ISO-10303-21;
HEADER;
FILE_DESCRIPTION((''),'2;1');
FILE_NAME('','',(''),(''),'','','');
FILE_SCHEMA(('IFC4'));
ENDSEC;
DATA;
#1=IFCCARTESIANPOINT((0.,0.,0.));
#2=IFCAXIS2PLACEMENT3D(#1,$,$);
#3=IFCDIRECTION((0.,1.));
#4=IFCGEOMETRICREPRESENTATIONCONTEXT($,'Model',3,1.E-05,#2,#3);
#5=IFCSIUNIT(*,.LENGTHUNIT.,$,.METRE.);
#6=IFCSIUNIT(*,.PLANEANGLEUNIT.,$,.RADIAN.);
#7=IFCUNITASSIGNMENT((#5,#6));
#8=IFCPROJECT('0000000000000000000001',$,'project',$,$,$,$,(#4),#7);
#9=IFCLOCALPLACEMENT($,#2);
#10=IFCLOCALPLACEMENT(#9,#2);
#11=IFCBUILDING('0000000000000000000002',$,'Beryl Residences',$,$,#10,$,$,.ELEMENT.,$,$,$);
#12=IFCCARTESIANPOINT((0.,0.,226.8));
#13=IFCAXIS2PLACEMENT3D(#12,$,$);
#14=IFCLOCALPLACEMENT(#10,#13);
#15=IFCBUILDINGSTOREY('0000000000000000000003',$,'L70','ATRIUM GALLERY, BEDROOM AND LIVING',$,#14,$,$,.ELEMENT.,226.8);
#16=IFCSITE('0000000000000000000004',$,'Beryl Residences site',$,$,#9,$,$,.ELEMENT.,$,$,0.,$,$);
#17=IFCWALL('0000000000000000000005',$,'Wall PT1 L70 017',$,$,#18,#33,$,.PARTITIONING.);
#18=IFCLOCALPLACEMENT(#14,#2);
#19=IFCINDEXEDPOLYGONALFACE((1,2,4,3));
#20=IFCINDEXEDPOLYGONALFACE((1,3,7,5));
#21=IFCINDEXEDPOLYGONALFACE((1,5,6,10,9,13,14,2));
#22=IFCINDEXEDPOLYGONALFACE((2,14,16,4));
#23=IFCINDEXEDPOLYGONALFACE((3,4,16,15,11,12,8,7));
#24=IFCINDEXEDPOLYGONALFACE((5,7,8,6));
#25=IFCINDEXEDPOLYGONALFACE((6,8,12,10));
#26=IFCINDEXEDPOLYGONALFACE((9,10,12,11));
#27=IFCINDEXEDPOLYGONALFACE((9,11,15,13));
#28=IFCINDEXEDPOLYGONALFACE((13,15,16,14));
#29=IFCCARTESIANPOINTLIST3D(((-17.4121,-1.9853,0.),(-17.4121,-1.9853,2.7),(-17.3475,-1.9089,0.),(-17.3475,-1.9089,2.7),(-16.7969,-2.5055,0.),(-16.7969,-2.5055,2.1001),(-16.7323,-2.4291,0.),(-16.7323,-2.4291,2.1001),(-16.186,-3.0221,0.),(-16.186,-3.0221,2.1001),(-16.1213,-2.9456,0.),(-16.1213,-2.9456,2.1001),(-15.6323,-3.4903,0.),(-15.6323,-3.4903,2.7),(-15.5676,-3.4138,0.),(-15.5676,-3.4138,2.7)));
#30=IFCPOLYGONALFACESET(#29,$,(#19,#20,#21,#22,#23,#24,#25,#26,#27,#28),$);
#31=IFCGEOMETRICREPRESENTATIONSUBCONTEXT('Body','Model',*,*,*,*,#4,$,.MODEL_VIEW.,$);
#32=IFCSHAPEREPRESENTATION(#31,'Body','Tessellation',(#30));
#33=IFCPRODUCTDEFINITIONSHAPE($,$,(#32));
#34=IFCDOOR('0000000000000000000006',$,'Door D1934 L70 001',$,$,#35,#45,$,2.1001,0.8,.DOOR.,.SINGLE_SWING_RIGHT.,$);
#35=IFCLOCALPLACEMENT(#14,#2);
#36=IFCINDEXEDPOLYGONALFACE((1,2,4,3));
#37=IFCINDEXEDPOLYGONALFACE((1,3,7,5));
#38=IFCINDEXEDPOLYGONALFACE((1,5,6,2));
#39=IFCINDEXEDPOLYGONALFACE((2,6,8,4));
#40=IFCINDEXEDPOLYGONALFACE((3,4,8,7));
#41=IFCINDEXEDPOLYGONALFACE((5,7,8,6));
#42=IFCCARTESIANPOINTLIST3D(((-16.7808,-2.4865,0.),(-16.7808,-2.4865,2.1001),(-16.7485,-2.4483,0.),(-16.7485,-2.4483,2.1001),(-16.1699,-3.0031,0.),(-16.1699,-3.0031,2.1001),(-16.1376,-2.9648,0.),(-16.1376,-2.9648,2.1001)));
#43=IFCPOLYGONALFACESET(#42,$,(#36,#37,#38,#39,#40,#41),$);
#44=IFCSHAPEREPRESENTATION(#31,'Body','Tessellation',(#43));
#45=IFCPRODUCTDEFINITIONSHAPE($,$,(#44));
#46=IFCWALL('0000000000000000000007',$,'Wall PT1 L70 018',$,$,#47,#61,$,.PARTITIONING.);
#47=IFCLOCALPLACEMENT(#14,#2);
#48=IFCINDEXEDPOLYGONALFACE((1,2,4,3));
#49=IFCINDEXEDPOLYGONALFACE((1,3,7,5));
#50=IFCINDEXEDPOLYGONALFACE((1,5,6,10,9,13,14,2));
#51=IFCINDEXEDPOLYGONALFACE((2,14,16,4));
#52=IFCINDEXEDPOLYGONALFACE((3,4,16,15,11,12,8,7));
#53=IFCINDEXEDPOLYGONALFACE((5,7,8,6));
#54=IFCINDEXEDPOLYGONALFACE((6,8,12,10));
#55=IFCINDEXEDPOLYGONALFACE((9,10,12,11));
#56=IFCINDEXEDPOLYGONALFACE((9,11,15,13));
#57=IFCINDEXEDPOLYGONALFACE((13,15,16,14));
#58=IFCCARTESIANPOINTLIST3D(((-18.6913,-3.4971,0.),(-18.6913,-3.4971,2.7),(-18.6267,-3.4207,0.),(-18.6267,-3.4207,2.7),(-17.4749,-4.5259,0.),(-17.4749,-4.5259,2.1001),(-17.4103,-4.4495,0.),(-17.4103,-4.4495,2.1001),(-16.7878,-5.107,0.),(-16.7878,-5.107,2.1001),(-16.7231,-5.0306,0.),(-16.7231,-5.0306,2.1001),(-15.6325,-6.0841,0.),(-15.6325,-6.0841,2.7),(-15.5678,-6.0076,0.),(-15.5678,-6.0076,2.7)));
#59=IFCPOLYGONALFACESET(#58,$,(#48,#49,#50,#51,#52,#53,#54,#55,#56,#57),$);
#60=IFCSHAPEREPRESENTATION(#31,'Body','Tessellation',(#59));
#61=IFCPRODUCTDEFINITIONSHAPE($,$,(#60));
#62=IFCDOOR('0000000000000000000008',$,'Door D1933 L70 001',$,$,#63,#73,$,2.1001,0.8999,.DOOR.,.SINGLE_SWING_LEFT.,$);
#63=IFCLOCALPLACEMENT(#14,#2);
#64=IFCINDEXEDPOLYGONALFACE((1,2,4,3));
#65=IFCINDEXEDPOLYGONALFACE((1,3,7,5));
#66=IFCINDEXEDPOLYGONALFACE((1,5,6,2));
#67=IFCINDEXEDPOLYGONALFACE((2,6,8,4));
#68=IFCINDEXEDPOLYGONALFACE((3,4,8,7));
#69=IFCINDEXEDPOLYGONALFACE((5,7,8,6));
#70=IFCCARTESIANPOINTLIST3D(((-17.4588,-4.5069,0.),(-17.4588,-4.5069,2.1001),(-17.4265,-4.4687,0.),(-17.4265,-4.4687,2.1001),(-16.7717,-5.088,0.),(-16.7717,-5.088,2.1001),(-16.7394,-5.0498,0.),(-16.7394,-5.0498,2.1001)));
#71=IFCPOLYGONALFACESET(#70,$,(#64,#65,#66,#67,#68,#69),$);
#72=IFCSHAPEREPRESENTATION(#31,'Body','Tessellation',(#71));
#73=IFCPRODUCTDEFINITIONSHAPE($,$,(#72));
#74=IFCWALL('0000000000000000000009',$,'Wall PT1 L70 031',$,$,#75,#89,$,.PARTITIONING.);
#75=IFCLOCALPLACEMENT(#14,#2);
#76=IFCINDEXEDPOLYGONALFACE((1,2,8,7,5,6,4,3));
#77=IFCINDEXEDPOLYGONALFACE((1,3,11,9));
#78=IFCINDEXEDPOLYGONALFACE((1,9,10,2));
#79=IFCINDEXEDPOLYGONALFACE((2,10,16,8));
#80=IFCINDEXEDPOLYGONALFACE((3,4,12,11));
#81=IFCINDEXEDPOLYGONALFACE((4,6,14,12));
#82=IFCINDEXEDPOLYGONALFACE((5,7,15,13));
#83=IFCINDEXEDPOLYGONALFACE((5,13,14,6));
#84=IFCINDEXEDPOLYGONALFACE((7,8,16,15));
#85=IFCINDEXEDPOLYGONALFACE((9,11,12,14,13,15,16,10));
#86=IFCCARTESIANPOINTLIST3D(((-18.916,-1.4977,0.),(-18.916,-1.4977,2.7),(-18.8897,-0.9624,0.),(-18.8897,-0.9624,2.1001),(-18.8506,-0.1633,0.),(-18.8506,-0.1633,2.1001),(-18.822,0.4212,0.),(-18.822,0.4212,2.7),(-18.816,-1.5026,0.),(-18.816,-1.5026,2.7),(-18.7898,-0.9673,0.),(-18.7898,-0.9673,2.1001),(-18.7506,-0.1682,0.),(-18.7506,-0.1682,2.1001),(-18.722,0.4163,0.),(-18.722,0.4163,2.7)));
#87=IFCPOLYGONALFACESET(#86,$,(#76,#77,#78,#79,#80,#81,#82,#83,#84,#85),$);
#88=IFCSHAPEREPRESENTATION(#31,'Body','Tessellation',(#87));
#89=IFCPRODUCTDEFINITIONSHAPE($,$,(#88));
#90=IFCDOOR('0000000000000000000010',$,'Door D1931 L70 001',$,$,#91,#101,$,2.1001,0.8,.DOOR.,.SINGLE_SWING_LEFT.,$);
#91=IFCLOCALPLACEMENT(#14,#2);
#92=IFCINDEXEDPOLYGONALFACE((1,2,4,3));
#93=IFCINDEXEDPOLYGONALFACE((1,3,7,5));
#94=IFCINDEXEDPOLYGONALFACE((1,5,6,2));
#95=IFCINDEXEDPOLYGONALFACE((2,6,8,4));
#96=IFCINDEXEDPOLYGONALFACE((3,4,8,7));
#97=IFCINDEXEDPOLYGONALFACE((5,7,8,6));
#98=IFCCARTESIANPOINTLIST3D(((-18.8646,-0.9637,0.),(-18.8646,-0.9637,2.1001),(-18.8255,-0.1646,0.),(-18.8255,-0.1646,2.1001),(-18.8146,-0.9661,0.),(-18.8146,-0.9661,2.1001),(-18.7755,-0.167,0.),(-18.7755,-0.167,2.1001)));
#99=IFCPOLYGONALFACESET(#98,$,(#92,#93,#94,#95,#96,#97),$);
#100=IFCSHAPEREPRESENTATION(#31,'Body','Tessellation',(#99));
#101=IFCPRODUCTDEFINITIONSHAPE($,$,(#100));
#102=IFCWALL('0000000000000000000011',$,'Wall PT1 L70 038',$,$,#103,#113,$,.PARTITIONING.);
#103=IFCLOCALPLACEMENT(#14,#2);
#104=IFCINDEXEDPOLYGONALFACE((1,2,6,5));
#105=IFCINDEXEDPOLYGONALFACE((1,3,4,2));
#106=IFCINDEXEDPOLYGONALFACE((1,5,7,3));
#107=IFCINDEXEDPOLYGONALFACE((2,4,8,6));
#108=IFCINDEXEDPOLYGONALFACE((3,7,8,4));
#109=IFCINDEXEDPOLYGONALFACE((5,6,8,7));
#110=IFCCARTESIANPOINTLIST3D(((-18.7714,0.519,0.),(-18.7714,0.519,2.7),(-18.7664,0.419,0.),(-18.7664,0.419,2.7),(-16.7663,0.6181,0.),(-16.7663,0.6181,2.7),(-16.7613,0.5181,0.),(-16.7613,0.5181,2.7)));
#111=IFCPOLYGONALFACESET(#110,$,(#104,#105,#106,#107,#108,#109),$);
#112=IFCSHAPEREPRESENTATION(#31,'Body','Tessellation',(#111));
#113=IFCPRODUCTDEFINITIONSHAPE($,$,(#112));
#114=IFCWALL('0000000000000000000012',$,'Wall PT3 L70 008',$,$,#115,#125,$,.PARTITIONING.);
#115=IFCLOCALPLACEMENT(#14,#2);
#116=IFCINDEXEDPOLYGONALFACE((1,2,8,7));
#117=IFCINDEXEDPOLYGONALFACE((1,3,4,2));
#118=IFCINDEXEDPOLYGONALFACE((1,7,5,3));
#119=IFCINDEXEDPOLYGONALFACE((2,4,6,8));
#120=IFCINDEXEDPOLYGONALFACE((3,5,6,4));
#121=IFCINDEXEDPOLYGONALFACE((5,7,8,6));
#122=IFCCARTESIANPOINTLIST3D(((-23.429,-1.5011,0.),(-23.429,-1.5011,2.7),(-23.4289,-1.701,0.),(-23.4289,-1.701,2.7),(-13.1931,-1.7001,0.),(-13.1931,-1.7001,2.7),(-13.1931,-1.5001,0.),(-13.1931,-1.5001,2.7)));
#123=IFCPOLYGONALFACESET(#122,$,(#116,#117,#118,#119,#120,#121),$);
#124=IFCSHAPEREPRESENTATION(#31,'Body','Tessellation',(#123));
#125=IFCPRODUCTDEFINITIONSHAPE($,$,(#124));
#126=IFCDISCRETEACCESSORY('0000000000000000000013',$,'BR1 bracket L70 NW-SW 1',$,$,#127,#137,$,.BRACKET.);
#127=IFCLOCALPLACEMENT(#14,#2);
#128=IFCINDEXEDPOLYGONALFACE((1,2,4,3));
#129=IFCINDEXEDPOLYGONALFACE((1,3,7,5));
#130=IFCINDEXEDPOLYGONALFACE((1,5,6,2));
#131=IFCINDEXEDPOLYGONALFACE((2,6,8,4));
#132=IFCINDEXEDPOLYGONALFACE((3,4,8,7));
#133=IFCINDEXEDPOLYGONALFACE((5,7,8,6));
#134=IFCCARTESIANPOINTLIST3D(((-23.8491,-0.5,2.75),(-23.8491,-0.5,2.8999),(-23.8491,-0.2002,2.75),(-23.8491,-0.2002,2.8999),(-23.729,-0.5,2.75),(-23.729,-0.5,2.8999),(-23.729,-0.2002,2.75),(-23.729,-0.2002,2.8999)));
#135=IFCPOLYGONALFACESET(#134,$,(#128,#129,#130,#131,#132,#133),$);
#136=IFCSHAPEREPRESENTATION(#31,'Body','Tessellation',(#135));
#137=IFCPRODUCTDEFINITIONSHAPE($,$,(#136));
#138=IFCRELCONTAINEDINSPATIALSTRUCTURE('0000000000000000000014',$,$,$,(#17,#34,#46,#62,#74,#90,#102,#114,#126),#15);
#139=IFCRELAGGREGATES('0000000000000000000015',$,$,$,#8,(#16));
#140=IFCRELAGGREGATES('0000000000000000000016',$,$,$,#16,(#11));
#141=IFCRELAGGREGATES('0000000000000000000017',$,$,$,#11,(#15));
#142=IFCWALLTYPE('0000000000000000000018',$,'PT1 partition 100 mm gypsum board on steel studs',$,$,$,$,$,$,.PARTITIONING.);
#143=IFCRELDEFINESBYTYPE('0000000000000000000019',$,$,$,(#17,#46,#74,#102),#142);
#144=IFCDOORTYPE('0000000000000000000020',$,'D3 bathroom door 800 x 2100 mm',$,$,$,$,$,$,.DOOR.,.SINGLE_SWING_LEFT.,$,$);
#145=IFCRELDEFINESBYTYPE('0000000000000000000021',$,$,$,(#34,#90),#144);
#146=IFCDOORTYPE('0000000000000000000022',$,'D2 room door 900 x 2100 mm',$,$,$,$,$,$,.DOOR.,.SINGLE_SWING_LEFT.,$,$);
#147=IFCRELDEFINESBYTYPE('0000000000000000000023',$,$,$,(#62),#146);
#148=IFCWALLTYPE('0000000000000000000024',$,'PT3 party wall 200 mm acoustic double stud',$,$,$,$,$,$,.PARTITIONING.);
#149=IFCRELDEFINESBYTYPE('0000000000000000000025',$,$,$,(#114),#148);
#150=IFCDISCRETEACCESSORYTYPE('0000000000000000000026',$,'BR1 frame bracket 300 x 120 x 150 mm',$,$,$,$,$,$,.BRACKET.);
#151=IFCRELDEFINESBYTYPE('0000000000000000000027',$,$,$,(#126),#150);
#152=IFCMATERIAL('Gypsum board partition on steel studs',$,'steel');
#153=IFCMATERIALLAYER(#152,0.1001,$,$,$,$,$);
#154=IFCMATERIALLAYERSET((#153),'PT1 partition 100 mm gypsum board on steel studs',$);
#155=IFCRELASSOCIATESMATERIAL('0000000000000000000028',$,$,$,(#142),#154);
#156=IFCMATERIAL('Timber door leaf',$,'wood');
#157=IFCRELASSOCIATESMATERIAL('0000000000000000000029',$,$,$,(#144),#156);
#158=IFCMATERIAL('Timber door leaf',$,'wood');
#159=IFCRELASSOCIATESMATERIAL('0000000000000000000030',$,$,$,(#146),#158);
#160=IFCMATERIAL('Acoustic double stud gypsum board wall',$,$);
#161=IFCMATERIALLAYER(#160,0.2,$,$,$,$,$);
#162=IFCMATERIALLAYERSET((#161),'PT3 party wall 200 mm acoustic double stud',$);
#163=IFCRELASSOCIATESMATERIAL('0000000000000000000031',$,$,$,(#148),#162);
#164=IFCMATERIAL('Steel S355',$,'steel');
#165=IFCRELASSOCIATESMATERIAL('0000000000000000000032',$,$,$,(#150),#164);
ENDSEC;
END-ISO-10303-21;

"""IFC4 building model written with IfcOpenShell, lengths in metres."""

from ifc_helpers import new_model, si_unit, direction, frame, frame_2d, origin, place, context, subcontext, project, spatial, polyline, rectangle, outline, extrude, source, transform, mapped, material, layer, layer_set, type_object, type_shapes, element, fill, save


model = new_model("IFC4")

# Units and contexts
model_context = context("Model", 3, precision=1e-05, world=origin(), true_north=direction((0.0, 1.0)))
body_context = subcontext(model_context, "Body", "Model", "MODEL_VIEW")
ifc_project = project(units=[si_unit("LENGTHUNIT", "METRE"), si_unit("PLANEANGLEUNIT", "RADIAN")], contexts=[model_context])

# Site, building, storey
site_placement = place(None, origin())
site = spatial("IfcSite", under=ifc_project, at=site_placement, Name="Beryl Residences site", CompositionType="ELEMENT", RefElevation=0.0)
building_placement = place(site_placement, origin())
building = spatial("IfcBuilding", under=site, at=building_placement, Name="Beryl Residences", CompositionType="ELEMENT")
storey_placement = place(building_placement, frame((0.0, 0.0, 226.8)))
storey = spatial("IfcBuildingStorey", under=building, at=storey_placement, Name="L70", Description="ATRIUM GALLERY, BEDROOM AND LIVING", CompositionType="ELEMENT", Elevation=226.8)

# Walls, openings, doors
ifc_material_1 = material(Name="Gypsum board partition on steel studs", Category="steel")
ifc_layer_1 = layer(ifc_material_1, 0.1001)
ifc_layer_set_1 = layer_set([ifc_layer_1], Name="PT1 partition 100 mm gypsum board on steel studs")
wall_type_1 = type_object("IfcWallType", Name="PT1 partition 100 mm gypsum board on steel studs", PredefinedType="PARTITIONING", material=ifc_layer_set_1)
wall_1_placement = place(storey_placement, frame((-17.3799, -1.947, 0.0), z_axis=(0.0, 0.0, 1.0), x_axis=(0.763617, -0.64567, 0.0)))
wall_1 = element("IfcWall", 1, at=wall_1_placement, inside=storey, type_object=wall_type_1, Name="Wall PT1 L70 017", PredefinedType="PARTITIONING", context=body_context, shape_type="SweptSolid", body=[
    extrude(rectangle(XDim=2.3308, YDim=0.1001, at=frame_2d((1.1655, 0.0))), origin(), (0.0, 0.0, 1.0), 2.7),
])
opening_1_placement = place(wall_1_placement, frame((0.8059, 0.0, 0.0)))
opening_1 = element("IfcOpeningElement", 2, at=opening_1_placement, cuts=wall_1, PredefinedType="OPENING", context=body_context, shape_type="SweptSolid", body=[
    extrude(rectangle(XDim=0.8, YDim=2.1001, at=frame_2d((0.3999, 1.05))), frame((0.0, 0.0601, 0.0), z_axis=(0.0, -1.0, 0.0), x_axis=(1.0, 0.0, 0.0)), (0.0, 0.0, 1.0), 0.1201),
])
ifc_material_2 = material(Name="Timber door leaf", Category="wood")
door_type_1 = type_object("IfcDoorType", Name="D3 bathroom door 800 x 2100 mm", OperationType="SINGLE_SWING_LEFT", PredefinedType="DOOR", material=ifc_material_2)
door_1_placement = place(opening_1_placement, origin())
door_1 = element("IfcDoor", 3, at=door_1_placement, inside=storey, type_object=door_type_1, Name="Door D1934 L70 001", OperationType="SINGLE_SWING_RIGHT", OverallHeight=2.1001, OverallWidth=0.8, PredefinedType="DOOR", context=body_context, shape_type="SweptSolid", body=[
    extrude(rectangle(XDim=0.8, YDim=2.1001, at=frame_2d((0.3999, 1.05))), frame((0.0, 0.0249, 0.0), z_axis=(0.0, -1.0, 0.0), x_axis=(1.0, 0.0, 0.0)), (0.0, 0.0, 1.0), 0.05),
])
fill(opening_1, door_1)
wall_2_placement = place(storey_placement, frame((-18.6589, -3.459, 0.0), z_axis=(0.0, 0.0, 1.0), x_axis=(0.76355, -0.645748, 0.0)))
wall_2 = element("IfcWall", 4, at=wall_2_placement, inside=storey, type_object=wall_type_1, Name="Wall PT1 L70 018", PredefinedType="PARTITIONING", context=body_context, shape_type="SweptSolid", body=[
    extrude(rectangle(XDim=4.0061, YDim=0.1001, at=frame_2d((2.0029, 0.0))), origin(), (0.0, 0.0, 1.0), 2.7),
])
opening_2_placement = place(wall_2_placement, frame((1.593, 0.0, 0.0)))
opening_2 = element("IfcOpeningElement", 5, at=opening_2_placement, cuts=wall_2, PredefinedType="OPENING", context=body_context, shape_type="SweptSolid", body=[
    extrude(rectangle(XDim=0.8999, YDim=2.1001, at=frame_2d((0.45, 1.05))), frame((0.0, 0.0601, 0.0), z_axis=(0.0, -1.0, 0.0), x_axis=(1.0, 0.0, 0.0)), (0.0, 0.0, 1.0), 0.1201),
])
ifc_material_3 = material(Name="Timber door leaf", Category="wood")
door_type_2 = type_object("IfcDoorType", Name="D2 room door 900 x 2100 mm", OperationType="SINGLE_SWING_LEFT", PredefinedType="DOOR", material=ifc_material_3)
door_2_placement = place(opening_2_placement, origin())
door_2 = element("IfcDoor", 6, at=door_2_placement, inside=storey, type_object=door_type_2, Name="Door D1933 L70 001", OperationType="SINGLE_SWING_LEFT", OverallHeight=2.1001, OverallWidth=0.8999, PredefinedType="DOOR", context=body_context, shape_type="SweptSolid", body=[
    extrude(rectangle(XDim=0.8999, YDim=2.1001, at=frame_2d((0.45, 1.05))), frame((0.0, 0.0249, 0.0), z_axis=(0.0, -1.0, 0.0), x_axis=(1.0, 0.0, 0.0)), (0.0, 0.0, 1.0), 0.05),
])
fill(opening_2, door_2)
wall_3_placement = place(storey_placement, frame((-18.866, -1.5, 0.0), z_axis=(0.0, 0.0, 1.0), x_axis=(0.048924, 0.998803, 0.0)))
wall_3 = element("IfcWall", 7, at=wall_3_placement, inside=storey, type_object=wall_type_1, Name="Wall PT1 L70 031", PredefinedType="PARTITIONING", context=body_context, shape_type="SweptSolid", body=[
    extrude(rectangle(XDim=1.9211, YDim=0.1001, at=frame_2d((0.9604, 0.0))), origin(), (0.0, 0.0, 1.0), 2.7),
])
opening_3_placement = place(wall_3_placement, frame((0.5359, 0.0, 0.0)))
opening_3 = element("IfcOpeningElement", 8, at=opening_3_placement, cuts=wall_3, PredefinedType="OPENING", context=body_context, shape_type="SweptSolid", body=[
    extrude(rectangle(XDim=0.8, YDim=2.1001, at=frame_2d((0.3999, 1.05))), frame((0.0, 0.0601, 0.0), z_axis=(0.0, -1.0, 0.0), x_axis=(1.0, 0.0, 0.0)), (0.0, 0.0, 1.0), 0.1201),
])
door_3_placement = place(opening_3_placement, origin())
door_3 = element("IfcDoor", 9, at=door_3_placement, inside=storey, type_object=door_type_1, Name="Door D1931 L70 001", OperationType="SINGLE_SWING_LEFT", OverallHeight=2.1001, OverallWidth=0.8, PredefinedType="DOOR", context=body_context, shape_type="SweptSolid", body=[
    extrude(rectangle(XDim=0.8, YDim=2.1001, at=frame_2d((0.3999, 1.05))), frame((0.0, 0.0249, 0.0), z_axis=(0.0, -1.0, 0.0), x_axis=(1.0, 0.0, 0.0)), (0.0, 0.0, 1.0), 0.05),
])
fill(opening_3, door_3)

# Walls
wall_4_placement = place(storey_placement, frame((-18.769, 0.469, 0.0), z_axis=(0.0, 0.0, 1.0), x_axis=(0.99878, 0.049374, 0.0)))
element("IfcWall", 10, at=wall_4_placement, inside=storey, type_object=wall_type_1, Name="Wall PT1 L70 038", PredefinedType="PARTITIONING", context=body_context, shape_type="SweptSolid", body=[
    extrude(rectangle(XDim=2.0076, YDim=0.1001, at=frame_2d((1.0039, 0.0))), origin(), (0.0, 0.0, 1.0), 2.7),
])
ifc_material_4 = material(Name="Acoustic double stud gypsum board wall")
ifc_layer_2 = layer(ifc_material_4, 0.2)
ifc_layer_set_2 = layer_set([ifc_layer_2], Name="PT3 party wall 200 mm acoustic double stud")
wall_type_2 = type_object("IfcWallType", Name="PT3 party wall 200 mm acoustic double stud", PredefinedType="PARTITIONING", material=ifc_layer_set_2)
wall_5_placement = place(storey_placement, frame((-23.429, -1.6011, 0.0), z_axis=(0.0, 0.0, 1.0), x_axis=(1.0, 0.000095, 0.0)))
element("IfcWall", 11, at=wall_5_placement, inside=storey, type_object=wall_type_2, Name="Wall PT3 L70 008", PredefinedType="PARTITIONING", context=body_context, shape_type="SweptSolid", body=[
    extrude(rectangle(XDim=10.2358, YDim=0.2, at=frame_2d((5.1179, 0.0))), origin(), (0.0, 0.0, 1.0), 2.7),
])

# Discrete accessory
ifc_material_5 = material(Name="Steel S355", Category="steel")
discrete_accessory_type = type_object("IfcDiscreteAccessoryType", Name="BR1 frame bracket 300 x 120 x 150 mm", PredefinedType="BRACKET", material=ifc_material_5)
shared_shape_1 = source(origin(), body_context, "Body", "SweptSolid", [
    extrude(outline(polyline([(-0.1499, 0.0), (0.1499, 0.0), (0.1499, 0.1201), (-0.1499, 0.1201), (-0.1499, 0.0)])), origin(), (0.0, 0.0, 1.0), 0.1499),
])
type_shapes(discrete_accessory_type, [shared_shape_1])
discrete_accessory_placement = place(storey_placement, frame((-23.729, -0.3501, 2.75), z_axis=(0.0, 0.0, 1.0), x_axis=(0.0, 1.0, 0.0)))
element("IfcDiscreteAccessory", 12, at=discrete_accessory_placement, inside=storey, type_object=discrete_accessory_type, Name="BR1 bracket L70 NW-SW 1", PredefinedType="BRACKET", context=body_context, shape_type="MappedRepresentation", body=[
    mapped(shared_shape_1, transform((0.0, 0.0, 0.0))),
])

save(model, "model.ifc")
